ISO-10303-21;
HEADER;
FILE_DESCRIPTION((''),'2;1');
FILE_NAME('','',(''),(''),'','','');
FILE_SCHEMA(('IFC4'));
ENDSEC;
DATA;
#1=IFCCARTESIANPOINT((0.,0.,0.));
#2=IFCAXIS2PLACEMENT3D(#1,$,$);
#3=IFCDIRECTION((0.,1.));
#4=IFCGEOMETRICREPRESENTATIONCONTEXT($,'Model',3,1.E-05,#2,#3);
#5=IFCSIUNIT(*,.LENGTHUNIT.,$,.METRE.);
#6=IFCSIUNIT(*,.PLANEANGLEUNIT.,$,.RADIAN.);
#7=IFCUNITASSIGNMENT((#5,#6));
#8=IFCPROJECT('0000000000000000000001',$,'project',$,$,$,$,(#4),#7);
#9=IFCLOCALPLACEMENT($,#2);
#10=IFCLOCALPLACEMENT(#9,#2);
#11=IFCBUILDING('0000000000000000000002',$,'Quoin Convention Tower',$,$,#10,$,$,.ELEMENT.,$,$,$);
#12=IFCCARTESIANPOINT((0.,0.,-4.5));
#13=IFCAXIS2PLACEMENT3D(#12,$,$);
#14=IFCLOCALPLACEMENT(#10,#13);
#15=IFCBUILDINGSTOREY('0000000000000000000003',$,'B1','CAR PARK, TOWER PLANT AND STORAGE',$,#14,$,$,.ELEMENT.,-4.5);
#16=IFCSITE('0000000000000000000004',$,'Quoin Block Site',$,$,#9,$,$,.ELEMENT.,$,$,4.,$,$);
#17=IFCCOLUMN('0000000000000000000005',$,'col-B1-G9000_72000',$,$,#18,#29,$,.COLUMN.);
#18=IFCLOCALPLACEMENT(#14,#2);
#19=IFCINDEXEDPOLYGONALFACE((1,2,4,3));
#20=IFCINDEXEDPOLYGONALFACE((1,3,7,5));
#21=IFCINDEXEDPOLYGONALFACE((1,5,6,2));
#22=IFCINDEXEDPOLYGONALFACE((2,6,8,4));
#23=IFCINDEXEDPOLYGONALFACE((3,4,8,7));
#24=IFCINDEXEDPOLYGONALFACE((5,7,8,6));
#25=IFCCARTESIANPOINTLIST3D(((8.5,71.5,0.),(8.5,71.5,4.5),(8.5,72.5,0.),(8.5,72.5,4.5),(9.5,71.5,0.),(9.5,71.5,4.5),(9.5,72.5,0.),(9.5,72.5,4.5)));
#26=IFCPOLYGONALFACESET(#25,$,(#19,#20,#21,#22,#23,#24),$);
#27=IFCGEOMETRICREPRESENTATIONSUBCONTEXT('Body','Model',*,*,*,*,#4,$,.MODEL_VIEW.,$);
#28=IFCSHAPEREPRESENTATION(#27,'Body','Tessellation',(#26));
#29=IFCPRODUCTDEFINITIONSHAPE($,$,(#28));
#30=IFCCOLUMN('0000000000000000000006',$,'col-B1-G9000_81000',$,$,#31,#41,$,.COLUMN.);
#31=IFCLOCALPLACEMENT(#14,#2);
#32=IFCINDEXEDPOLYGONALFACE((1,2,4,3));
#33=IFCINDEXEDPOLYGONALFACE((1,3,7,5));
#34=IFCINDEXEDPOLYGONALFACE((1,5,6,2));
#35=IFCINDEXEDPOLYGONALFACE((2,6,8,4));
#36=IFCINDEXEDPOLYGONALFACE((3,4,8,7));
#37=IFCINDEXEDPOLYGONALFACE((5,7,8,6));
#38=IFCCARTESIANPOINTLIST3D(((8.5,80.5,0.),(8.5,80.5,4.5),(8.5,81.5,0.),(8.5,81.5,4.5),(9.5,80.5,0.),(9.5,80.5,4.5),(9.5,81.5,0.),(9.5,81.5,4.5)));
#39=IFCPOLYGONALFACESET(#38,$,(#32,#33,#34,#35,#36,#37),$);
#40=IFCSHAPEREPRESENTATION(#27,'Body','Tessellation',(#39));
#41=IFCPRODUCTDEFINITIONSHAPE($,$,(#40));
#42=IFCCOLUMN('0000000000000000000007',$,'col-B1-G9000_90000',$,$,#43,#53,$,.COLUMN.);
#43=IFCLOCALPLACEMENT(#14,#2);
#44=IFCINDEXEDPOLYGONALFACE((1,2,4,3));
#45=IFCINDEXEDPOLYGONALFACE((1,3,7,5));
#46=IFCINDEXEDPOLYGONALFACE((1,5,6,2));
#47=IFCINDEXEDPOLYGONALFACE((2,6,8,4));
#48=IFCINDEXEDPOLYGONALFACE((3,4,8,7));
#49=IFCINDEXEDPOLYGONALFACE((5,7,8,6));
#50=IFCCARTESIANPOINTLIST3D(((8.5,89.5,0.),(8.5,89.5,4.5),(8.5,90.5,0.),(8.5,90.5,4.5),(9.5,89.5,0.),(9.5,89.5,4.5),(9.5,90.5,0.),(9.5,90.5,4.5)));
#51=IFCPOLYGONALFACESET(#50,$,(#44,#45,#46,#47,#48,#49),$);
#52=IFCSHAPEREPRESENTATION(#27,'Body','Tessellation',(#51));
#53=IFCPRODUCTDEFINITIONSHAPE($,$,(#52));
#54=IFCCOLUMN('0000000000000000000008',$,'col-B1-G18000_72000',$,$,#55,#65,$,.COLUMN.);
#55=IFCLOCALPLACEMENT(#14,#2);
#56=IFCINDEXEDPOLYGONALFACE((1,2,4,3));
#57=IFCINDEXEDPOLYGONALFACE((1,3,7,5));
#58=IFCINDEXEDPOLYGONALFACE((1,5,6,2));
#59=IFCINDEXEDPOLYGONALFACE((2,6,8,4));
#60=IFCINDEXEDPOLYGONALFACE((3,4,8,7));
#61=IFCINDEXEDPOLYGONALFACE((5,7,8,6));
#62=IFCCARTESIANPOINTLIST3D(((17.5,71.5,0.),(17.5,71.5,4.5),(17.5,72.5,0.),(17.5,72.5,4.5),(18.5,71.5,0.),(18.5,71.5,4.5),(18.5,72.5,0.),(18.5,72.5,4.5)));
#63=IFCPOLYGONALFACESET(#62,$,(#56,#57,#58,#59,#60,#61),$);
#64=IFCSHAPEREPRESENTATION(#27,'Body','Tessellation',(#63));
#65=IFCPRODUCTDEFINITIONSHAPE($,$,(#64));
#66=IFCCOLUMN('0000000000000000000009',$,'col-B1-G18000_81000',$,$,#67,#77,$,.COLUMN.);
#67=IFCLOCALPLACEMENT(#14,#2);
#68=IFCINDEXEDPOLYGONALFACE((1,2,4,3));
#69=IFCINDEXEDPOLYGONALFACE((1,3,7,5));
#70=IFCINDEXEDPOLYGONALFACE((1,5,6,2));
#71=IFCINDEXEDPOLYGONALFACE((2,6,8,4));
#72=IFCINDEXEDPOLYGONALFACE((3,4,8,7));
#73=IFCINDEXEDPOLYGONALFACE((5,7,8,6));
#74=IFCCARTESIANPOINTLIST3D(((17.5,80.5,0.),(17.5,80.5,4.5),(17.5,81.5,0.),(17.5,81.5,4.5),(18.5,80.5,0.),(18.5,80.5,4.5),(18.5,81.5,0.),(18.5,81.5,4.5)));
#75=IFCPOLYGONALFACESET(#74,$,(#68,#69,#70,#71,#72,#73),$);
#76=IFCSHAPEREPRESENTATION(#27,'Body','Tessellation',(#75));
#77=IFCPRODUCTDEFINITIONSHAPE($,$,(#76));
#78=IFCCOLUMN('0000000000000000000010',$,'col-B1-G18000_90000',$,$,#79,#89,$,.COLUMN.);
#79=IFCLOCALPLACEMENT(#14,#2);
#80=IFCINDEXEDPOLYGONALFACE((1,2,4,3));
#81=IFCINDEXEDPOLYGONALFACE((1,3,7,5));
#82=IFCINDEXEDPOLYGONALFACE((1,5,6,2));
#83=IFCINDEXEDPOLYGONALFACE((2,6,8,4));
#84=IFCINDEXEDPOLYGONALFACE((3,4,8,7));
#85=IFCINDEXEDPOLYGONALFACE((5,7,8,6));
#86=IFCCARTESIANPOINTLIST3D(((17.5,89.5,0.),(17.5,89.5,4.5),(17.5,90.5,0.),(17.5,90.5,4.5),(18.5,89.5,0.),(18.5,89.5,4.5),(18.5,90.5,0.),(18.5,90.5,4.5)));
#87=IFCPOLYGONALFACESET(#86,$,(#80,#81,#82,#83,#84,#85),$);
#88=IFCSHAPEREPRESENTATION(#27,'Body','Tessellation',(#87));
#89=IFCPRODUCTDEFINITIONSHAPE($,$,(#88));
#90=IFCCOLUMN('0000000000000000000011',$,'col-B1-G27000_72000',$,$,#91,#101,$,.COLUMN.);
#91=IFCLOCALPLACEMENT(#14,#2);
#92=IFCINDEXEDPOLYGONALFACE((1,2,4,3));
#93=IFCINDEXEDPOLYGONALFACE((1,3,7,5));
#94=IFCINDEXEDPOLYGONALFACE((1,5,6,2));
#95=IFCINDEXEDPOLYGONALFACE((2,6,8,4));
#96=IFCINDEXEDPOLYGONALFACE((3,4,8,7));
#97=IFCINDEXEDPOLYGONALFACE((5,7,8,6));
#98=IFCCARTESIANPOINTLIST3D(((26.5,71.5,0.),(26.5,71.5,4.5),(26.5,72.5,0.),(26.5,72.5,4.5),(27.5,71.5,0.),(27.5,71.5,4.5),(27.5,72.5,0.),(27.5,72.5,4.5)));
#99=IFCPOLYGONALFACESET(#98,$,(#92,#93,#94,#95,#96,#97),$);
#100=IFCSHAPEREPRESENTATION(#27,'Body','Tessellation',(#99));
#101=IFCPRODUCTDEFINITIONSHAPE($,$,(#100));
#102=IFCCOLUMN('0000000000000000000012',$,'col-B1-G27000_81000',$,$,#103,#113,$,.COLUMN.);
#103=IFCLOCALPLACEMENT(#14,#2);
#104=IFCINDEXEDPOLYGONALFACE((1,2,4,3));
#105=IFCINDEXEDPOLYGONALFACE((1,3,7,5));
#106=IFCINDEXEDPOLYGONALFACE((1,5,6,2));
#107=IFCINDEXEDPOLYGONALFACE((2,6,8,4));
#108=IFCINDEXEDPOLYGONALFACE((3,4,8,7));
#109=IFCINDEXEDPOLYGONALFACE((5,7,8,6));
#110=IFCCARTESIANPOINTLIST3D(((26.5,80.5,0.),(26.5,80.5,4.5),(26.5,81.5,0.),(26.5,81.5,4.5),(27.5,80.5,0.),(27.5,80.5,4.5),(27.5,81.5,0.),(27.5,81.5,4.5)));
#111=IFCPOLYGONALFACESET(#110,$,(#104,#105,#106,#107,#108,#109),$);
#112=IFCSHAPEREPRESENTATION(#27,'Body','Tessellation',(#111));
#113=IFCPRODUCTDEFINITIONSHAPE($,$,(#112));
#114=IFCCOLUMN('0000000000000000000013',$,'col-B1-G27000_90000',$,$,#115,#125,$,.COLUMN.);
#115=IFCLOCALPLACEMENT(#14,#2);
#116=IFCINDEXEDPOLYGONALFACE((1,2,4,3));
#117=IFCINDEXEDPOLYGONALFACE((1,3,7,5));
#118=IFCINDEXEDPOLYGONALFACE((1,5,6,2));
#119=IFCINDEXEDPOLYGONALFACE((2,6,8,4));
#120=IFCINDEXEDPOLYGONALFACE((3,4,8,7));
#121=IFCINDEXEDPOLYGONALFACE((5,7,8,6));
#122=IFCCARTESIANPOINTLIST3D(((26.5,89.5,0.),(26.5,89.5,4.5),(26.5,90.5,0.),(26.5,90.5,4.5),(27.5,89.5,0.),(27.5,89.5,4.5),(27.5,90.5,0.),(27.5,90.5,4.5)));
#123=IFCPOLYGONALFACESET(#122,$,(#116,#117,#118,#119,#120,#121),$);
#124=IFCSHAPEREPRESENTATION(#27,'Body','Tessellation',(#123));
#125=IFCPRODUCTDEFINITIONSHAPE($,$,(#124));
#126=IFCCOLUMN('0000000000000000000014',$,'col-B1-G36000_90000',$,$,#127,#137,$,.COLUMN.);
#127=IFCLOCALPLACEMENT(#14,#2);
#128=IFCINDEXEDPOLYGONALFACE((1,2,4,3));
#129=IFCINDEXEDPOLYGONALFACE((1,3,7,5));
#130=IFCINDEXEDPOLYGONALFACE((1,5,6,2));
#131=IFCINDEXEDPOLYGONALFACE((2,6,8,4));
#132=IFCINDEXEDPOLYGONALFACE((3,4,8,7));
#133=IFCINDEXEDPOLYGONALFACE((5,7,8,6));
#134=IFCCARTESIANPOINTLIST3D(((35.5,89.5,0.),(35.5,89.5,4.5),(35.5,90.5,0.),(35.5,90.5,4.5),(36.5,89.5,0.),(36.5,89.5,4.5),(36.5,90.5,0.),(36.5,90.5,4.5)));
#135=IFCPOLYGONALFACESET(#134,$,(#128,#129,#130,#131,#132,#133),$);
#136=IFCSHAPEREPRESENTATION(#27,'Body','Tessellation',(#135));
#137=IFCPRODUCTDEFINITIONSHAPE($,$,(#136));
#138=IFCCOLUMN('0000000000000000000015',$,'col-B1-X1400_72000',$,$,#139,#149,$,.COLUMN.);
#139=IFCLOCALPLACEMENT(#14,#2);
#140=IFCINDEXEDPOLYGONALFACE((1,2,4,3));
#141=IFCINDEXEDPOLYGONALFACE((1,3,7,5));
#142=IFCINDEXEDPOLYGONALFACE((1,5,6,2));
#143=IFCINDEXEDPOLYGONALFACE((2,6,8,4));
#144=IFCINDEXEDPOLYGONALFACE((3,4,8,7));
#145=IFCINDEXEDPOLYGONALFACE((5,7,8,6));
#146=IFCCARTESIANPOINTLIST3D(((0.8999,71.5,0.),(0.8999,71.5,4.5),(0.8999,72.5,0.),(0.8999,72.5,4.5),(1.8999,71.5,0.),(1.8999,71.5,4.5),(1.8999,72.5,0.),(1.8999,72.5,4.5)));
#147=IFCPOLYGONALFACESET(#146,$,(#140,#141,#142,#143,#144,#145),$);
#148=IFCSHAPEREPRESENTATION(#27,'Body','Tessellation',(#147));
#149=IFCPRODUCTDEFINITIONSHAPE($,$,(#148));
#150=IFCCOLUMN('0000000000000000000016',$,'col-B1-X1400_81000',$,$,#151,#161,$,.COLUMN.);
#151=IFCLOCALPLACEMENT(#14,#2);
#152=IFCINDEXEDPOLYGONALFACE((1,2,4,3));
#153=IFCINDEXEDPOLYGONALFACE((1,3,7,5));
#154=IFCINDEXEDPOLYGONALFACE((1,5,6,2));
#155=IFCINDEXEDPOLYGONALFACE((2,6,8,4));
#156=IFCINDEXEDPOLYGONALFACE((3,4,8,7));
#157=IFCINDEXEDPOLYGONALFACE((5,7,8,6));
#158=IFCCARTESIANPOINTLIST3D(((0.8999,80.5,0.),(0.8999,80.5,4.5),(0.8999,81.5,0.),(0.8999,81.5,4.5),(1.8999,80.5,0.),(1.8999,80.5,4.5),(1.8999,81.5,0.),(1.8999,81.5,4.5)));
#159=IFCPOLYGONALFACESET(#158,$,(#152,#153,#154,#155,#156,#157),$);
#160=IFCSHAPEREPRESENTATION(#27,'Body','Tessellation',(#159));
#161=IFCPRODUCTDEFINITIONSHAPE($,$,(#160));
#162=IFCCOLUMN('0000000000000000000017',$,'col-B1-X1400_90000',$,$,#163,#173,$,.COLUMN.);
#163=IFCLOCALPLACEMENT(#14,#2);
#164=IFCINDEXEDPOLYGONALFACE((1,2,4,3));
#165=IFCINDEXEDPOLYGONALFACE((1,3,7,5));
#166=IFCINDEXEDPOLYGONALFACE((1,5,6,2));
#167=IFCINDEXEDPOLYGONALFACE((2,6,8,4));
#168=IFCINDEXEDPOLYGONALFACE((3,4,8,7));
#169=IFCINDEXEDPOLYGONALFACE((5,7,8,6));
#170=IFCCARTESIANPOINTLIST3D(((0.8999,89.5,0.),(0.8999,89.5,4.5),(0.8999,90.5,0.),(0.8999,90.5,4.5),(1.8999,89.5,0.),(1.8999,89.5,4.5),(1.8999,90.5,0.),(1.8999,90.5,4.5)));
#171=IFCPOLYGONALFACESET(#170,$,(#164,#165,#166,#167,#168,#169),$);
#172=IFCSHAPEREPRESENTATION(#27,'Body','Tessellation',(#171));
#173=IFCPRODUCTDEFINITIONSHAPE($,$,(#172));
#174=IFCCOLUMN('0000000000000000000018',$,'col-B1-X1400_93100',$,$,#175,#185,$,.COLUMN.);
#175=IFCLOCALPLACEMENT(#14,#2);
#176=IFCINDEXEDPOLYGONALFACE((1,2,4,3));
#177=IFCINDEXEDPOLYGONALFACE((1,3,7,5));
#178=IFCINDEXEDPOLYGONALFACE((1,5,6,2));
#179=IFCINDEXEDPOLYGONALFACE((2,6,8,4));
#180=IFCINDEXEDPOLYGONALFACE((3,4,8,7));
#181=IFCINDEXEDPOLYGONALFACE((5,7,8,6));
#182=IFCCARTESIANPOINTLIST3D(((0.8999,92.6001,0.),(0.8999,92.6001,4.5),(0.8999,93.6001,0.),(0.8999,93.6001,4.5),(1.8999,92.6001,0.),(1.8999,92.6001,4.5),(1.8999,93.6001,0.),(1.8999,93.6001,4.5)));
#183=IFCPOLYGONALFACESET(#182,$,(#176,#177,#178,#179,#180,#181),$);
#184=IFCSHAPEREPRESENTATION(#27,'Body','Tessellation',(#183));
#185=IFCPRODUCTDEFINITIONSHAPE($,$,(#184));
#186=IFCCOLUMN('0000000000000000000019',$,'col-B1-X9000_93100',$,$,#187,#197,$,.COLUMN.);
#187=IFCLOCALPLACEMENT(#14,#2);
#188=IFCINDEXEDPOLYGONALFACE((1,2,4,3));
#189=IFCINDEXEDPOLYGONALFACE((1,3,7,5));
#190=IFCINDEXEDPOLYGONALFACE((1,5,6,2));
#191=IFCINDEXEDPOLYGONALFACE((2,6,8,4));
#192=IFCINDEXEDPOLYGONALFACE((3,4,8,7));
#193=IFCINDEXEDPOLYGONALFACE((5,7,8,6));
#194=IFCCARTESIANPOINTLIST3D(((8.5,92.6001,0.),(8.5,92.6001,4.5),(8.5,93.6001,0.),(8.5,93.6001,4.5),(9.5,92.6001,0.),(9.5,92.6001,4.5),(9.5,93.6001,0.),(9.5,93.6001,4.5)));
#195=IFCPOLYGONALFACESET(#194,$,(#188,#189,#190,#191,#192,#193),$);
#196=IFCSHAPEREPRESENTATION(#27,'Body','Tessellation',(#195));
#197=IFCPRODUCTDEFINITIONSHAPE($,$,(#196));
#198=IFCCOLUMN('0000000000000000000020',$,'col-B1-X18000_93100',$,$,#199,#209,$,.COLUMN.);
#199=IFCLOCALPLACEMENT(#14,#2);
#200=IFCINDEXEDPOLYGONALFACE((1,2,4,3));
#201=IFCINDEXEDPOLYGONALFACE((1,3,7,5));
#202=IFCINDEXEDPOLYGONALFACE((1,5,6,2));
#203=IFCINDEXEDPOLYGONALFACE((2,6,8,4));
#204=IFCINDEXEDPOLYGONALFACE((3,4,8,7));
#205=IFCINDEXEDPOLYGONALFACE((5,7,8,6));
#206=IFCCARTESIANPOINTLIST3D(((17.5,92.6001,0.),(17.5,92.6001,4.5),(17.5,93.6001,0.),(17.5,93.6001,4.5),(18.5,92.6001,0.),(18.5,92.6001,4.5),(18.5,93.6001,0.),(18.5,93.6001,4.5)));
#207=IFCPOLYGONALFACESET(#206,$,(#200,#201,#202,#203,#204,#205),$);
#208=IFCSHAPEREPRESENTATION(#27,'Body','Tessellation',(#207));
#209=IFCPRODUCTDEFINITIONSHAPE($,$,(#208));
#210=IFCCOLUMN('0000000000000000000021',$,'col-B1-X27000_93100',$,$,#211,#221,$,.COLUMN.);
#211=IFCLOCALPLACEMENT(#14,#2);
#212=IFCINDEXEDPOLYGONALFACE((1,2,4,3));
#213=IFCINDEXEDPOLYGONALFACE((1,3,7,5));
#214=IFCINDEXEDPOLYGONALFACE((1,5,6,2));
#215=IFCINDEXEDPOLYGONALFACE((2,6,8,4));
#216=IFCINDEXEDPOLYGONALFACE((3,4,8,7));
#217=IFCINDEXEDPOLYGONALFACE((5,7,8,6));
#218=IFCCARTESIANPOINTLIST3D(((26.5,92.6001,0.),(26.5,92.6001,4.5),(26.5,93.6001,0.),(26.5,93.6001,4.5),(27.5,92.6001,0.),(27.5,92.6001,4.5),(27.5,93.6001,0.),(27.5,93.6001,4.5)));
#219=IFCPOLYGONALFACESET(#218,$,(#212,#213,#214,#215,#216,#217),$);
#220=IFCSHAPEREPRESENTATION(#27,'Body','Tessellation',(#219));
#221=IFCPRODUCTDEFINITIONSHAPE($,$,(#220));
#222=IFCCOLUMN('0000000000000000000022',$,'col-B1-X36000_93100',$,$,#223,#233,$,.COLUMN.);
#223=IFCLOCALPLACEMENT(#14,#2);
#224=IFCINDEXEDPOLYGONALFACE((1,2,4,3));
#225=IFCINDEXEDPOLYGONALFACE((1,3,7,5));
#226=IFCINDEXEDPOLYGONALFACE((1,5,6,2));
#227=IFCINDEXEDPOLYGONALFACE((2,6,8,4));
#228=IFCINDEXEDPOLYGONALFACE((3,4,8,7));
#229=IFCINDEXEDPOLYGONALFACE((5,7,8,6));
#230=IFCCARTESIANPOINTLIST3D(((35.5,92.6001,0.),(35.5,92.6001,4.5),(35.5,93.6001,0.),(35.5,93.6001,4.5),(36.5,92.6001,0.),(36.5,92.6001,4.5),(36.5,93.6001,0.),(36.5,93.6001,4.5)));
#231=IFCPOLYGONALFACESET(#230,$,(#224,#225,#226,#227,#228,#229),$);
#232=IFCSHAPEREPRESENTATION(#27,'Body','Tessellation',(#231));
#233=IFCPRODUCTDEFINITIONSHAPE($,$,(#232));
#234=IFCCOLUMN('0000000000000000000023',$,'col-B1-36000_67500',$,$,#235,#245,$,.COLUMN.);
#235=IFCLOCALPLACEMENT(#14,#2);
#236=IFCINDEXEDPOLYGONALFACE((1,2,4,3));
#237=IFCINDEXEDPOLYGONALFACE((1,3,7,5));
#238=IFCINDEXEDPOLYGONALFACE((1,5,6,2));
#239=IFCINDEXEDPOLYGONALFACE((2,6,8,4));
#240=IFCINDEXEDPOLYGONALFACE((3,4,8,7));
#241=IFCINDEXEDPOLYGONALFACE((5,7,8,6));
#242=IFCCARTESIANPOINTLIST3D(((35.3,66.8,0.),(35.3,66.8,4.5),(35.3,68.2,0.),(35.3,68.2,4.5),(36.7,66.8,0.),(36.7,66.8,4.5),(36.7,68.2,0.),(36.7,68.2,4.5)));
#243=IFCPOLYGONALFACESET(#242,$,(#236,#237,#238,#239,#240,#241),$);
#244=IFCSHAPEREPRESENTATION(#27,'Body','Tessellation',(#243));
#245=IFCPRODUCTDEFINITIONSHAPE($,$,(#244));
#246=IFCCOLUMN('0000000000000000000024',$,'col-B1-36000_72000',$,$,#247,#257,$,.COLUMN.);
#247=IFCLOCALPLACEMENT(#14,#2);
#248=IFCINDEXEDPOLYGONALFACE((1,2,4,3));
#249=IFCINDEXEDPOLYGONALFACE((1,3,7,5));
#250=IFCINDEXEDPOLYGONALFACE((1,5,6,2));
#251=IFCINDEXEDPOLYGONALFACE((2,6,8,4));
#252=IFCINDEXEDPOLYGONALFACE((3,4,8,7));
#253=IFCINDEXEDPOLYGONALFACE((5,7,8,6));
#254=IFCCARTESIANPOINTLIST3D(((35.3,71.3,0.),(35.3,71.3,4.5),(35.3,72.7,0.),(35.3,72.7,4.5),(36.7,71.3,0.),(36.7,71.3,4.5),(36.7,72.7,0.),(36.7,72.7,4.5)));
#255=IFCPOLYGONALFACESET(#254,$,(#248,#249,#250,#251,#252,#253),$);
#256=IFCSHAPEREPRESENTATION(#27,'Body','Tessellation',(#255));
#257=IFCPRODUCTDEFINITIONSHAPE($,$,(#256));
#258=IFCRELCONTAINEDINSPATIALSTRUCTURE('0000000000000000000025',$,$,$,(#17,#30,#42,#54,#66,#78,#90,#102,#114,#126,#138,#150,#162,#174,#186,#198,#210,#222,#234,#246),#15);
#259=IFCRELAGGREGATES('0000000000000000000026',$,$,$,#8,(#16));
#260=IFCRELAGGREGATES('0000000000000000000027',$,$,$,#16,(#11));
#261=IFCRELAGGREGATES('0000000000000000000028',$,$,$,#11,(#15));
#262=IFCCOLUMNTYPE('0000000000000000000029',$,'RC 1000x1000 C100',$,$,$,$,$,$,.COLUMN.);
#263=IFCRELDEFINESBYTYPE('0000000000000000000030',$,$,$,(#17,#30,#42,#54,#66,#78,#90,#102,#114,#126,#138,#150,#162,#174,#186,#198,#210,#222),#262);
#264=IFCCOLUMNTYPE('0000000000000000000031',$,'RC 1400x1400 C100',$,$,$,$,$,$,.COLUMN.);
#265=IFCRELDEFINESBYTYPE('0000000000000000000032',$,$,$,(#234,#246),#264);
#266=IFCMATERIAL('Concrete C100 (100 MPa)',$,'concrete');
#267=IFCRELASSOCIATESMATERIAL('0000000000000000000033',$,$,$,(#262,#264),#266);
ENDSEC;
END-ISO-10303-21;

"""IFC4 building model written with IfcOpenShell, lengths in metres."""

from ifc_helpers import new_model, si_unit, direction, frame, origin, origin_2d, place, context, subcontext, project, spatial, rectangle, extrude, material, material_profile, profile_set, type_object, element, save


model = new_model("IFC4")

# Units and contexts
model_context = context("Model", 3, precision=1e-05, world=origin(), true_north=direction((0.0, 1.0)))
body_context = subcontext(model_context, "Body", "Model", "MODEL_VIEW")
ifc_project = project(units=[si_unit("LENGTHUNIT", "METRE"), si_unit("PLANEANGLEUNIT", "RADIAN")], contexts=[model_context])

# Site, building, storey
site_placement = place(None, origin())
site = spatial("IfcSite", under=ifc_project, at=site_placement, Name="Quoin Block Site", CompositionType="ELEMENT", RefElevation=4.0)
building_placement = place(site_placement, origin())
building = spatial("IfcBuilding", under=site, at=building_placement, Name="Quoin Convention Tower", CompositionType="ELEMENT")
storey_placement = place(building_placement, frame((0.0, 0.0, -4.5)))
storey = spatial("IfcBuildingStorey", under=building, at=storey_placement, Name="B1", Description="CAR PARK, TOWER PLANT AND STORAGE", CompositionType="ELEMENT", Elevation=-4.5)

# Columns
ifc_material_1 = material(Name="Concrete C100 (100 MPa)", Category="concrete")
ifc_material_profile_1 = material_profile(ifc_material_1, rectangle(XDim=1.0, YDim=1.0, at=origin_2d()), Name="RC 1000x1000")
ifc_profile_set_1 = profile_set([ifc_material_profile_1], Name="Concrete C100 (100 MPa)")
column_type_1 = type_object("IfcColumnType", Name="RC 1000x1000 C100", PredefinedType="COLUMN", material=ifc_profile_set_1)
for number, where, z_axis, x_axis, name in (
    (1, (9.0, 72.0, 0.0), (0.0, 0.0, 1.0), (1.0, 0.0, 0.0), "col-B1-G9000_72000"),
    (2, (9.0, 81.0, 0.0), (0.0, 0.0, 1.0), (1.0, 0.0, 0.0), "col-B1-G9000_81000"),
    (3, (9.0, 90.0, 0.0), (0.0, 0.0, 1.0), (1.0, 0.0, 0.0), "col-B1-G9000_90000"),
    (4, (18.0, 72.0, 0.0), (0.0, 0.0, 1.0), (1.0, 0.0, 0.0), "col-B1-G18000_72000"),
    (5, (18.0, 81.0, 0.0), (0.0, 0.0, 1.0), (1.0, 0.0, 0.0), "col-B1-G18000_81000"),
    (6, (18.0, 90.0, 0.0), (0.0, 0.0, 1.0), (1.0, 0.0, 0.0), "col-B1-G18000_90000"),
    (7, (27.0, 72.0, 0.0), (0.0, 0.0, 1.0), (1.0, 0.0, 0.0), "col-B1-G27000_72000"),
    (8, (27.0, 81.0, 0.0), (0.0, 0.0, 1.0), (1.0, 0.0, 0.0), "col-B1-G27000_81000"),
    (9, (27.0, 90.0, 0.0), (0.0, 0.0, 1.0), (1.0, 0.0, 0.0), "col-B1-G27000_90000"),
    (10, (36.0, 90.0, 0.0), (0.0, 0.0, 1.0), (1.0, 0.0, 0.0), "col-B1-G36000_90000"),
    (11, (1.3999, 72.0, 0.0), (0.0, 0.0, 1.0), (1.0, 0.0, 0.0), "col-B1-X1400_72000"),
    (12, (1.3999, 81.0, 0.0), (0.0, 0.0, 1.0), (1.0, 0.0, 0.0), "col-B1-X1400_81000"),
    (13, (1.3999, 90.0, 0.0), (0.0, 0.0, 1.0), (1.0, 0.0, 0.0), "col-B1-X1400_90000"),
    (14, (1.3999, 93.1001, 0.0), (0.0, 0.0, 1.0), (1.0, 0.0, 0.0), "col-B1-X1400_93100"),
    (15, (9.0, 93.1001, 0.0), (0.0, 0.0, 1.0), (1.0, 0.0, 0.0), "col-B1-X9000_93100"),
    (16, (18.0, 93.1001, 0.0), (0.0, 0.0, 1.0), (1.0, 0.0, 0.0), "col-B1-X18000_93100"),
    (17, (27.0, 93.1001, 0.0), (0.0, 0.0, 1.0), (1.0, 0.0, 0.0), "col-B1-X27000_93100"),
    (18, (36.0, 93.1001, 0.0), (0.0, 0.0, 1.0), (1.0, 0.0, 0.0), "col-B1-X36000_93100"),
):
    element("IfcColumn", number, at=place(storey_placement, frame(where, z_axis=z_axis, x_axis=x_axis)), inside=storey, type_object=column_type_1, Name=name, PredefinedType="COLUMN", context=body_context, shape_type="SweptSolid", body=[
        extrude(rectangle(XDim=1.0, YDim=1.0, at=origin_2d()), origin(), (0.0, 0.0, 1.0), 4.5),
    ])
ifc_material_profile_2 = material_profile(ifc_material_1, rectangle(XDim=1.3999, YDim=1.3999, at=origin_2d()), Name="RC 1400x1400")
ifc_profile_set_2 = profile_set([ifc_material_profile_2], Name="Concrete C100 (100 MPa)")
column_type_2 = type_object("IfcColumnType", Name="RC 1400x1400 C100", PredefinedType="COLUMN", material=ifc_profile_set_2)
for number, where, z_axis, x_axis, name in (
    (19, (36.0, 67.5, 0.0), (0.0, 0.0, 1.0), (1.0, 0.0, 0.0), "col-B1-36000_67500"),
    (20, (36.0, 72.0, 0.0), (0.0, 0.0, 1.0), (1.0, 0.0, 0.0), "col-B1-36000_72000"),
):
    element("IfcColumn", number, at=place(storey_placement, frame(where, z_axis=z_axis, x_axis=x_axis)), inside=storey, type_object=column_type_2, Name=name, PredefinedType="COLUMN", context=body_context, shape_type="SweptSolid", body=[
        extrude(rectangle(XDim=1.3999, YDim=1.3999, at=origin_2d()), origin(), (0.0, 0.0, 1.0), 4.5),
    ])

save(model, "model.ifc")
